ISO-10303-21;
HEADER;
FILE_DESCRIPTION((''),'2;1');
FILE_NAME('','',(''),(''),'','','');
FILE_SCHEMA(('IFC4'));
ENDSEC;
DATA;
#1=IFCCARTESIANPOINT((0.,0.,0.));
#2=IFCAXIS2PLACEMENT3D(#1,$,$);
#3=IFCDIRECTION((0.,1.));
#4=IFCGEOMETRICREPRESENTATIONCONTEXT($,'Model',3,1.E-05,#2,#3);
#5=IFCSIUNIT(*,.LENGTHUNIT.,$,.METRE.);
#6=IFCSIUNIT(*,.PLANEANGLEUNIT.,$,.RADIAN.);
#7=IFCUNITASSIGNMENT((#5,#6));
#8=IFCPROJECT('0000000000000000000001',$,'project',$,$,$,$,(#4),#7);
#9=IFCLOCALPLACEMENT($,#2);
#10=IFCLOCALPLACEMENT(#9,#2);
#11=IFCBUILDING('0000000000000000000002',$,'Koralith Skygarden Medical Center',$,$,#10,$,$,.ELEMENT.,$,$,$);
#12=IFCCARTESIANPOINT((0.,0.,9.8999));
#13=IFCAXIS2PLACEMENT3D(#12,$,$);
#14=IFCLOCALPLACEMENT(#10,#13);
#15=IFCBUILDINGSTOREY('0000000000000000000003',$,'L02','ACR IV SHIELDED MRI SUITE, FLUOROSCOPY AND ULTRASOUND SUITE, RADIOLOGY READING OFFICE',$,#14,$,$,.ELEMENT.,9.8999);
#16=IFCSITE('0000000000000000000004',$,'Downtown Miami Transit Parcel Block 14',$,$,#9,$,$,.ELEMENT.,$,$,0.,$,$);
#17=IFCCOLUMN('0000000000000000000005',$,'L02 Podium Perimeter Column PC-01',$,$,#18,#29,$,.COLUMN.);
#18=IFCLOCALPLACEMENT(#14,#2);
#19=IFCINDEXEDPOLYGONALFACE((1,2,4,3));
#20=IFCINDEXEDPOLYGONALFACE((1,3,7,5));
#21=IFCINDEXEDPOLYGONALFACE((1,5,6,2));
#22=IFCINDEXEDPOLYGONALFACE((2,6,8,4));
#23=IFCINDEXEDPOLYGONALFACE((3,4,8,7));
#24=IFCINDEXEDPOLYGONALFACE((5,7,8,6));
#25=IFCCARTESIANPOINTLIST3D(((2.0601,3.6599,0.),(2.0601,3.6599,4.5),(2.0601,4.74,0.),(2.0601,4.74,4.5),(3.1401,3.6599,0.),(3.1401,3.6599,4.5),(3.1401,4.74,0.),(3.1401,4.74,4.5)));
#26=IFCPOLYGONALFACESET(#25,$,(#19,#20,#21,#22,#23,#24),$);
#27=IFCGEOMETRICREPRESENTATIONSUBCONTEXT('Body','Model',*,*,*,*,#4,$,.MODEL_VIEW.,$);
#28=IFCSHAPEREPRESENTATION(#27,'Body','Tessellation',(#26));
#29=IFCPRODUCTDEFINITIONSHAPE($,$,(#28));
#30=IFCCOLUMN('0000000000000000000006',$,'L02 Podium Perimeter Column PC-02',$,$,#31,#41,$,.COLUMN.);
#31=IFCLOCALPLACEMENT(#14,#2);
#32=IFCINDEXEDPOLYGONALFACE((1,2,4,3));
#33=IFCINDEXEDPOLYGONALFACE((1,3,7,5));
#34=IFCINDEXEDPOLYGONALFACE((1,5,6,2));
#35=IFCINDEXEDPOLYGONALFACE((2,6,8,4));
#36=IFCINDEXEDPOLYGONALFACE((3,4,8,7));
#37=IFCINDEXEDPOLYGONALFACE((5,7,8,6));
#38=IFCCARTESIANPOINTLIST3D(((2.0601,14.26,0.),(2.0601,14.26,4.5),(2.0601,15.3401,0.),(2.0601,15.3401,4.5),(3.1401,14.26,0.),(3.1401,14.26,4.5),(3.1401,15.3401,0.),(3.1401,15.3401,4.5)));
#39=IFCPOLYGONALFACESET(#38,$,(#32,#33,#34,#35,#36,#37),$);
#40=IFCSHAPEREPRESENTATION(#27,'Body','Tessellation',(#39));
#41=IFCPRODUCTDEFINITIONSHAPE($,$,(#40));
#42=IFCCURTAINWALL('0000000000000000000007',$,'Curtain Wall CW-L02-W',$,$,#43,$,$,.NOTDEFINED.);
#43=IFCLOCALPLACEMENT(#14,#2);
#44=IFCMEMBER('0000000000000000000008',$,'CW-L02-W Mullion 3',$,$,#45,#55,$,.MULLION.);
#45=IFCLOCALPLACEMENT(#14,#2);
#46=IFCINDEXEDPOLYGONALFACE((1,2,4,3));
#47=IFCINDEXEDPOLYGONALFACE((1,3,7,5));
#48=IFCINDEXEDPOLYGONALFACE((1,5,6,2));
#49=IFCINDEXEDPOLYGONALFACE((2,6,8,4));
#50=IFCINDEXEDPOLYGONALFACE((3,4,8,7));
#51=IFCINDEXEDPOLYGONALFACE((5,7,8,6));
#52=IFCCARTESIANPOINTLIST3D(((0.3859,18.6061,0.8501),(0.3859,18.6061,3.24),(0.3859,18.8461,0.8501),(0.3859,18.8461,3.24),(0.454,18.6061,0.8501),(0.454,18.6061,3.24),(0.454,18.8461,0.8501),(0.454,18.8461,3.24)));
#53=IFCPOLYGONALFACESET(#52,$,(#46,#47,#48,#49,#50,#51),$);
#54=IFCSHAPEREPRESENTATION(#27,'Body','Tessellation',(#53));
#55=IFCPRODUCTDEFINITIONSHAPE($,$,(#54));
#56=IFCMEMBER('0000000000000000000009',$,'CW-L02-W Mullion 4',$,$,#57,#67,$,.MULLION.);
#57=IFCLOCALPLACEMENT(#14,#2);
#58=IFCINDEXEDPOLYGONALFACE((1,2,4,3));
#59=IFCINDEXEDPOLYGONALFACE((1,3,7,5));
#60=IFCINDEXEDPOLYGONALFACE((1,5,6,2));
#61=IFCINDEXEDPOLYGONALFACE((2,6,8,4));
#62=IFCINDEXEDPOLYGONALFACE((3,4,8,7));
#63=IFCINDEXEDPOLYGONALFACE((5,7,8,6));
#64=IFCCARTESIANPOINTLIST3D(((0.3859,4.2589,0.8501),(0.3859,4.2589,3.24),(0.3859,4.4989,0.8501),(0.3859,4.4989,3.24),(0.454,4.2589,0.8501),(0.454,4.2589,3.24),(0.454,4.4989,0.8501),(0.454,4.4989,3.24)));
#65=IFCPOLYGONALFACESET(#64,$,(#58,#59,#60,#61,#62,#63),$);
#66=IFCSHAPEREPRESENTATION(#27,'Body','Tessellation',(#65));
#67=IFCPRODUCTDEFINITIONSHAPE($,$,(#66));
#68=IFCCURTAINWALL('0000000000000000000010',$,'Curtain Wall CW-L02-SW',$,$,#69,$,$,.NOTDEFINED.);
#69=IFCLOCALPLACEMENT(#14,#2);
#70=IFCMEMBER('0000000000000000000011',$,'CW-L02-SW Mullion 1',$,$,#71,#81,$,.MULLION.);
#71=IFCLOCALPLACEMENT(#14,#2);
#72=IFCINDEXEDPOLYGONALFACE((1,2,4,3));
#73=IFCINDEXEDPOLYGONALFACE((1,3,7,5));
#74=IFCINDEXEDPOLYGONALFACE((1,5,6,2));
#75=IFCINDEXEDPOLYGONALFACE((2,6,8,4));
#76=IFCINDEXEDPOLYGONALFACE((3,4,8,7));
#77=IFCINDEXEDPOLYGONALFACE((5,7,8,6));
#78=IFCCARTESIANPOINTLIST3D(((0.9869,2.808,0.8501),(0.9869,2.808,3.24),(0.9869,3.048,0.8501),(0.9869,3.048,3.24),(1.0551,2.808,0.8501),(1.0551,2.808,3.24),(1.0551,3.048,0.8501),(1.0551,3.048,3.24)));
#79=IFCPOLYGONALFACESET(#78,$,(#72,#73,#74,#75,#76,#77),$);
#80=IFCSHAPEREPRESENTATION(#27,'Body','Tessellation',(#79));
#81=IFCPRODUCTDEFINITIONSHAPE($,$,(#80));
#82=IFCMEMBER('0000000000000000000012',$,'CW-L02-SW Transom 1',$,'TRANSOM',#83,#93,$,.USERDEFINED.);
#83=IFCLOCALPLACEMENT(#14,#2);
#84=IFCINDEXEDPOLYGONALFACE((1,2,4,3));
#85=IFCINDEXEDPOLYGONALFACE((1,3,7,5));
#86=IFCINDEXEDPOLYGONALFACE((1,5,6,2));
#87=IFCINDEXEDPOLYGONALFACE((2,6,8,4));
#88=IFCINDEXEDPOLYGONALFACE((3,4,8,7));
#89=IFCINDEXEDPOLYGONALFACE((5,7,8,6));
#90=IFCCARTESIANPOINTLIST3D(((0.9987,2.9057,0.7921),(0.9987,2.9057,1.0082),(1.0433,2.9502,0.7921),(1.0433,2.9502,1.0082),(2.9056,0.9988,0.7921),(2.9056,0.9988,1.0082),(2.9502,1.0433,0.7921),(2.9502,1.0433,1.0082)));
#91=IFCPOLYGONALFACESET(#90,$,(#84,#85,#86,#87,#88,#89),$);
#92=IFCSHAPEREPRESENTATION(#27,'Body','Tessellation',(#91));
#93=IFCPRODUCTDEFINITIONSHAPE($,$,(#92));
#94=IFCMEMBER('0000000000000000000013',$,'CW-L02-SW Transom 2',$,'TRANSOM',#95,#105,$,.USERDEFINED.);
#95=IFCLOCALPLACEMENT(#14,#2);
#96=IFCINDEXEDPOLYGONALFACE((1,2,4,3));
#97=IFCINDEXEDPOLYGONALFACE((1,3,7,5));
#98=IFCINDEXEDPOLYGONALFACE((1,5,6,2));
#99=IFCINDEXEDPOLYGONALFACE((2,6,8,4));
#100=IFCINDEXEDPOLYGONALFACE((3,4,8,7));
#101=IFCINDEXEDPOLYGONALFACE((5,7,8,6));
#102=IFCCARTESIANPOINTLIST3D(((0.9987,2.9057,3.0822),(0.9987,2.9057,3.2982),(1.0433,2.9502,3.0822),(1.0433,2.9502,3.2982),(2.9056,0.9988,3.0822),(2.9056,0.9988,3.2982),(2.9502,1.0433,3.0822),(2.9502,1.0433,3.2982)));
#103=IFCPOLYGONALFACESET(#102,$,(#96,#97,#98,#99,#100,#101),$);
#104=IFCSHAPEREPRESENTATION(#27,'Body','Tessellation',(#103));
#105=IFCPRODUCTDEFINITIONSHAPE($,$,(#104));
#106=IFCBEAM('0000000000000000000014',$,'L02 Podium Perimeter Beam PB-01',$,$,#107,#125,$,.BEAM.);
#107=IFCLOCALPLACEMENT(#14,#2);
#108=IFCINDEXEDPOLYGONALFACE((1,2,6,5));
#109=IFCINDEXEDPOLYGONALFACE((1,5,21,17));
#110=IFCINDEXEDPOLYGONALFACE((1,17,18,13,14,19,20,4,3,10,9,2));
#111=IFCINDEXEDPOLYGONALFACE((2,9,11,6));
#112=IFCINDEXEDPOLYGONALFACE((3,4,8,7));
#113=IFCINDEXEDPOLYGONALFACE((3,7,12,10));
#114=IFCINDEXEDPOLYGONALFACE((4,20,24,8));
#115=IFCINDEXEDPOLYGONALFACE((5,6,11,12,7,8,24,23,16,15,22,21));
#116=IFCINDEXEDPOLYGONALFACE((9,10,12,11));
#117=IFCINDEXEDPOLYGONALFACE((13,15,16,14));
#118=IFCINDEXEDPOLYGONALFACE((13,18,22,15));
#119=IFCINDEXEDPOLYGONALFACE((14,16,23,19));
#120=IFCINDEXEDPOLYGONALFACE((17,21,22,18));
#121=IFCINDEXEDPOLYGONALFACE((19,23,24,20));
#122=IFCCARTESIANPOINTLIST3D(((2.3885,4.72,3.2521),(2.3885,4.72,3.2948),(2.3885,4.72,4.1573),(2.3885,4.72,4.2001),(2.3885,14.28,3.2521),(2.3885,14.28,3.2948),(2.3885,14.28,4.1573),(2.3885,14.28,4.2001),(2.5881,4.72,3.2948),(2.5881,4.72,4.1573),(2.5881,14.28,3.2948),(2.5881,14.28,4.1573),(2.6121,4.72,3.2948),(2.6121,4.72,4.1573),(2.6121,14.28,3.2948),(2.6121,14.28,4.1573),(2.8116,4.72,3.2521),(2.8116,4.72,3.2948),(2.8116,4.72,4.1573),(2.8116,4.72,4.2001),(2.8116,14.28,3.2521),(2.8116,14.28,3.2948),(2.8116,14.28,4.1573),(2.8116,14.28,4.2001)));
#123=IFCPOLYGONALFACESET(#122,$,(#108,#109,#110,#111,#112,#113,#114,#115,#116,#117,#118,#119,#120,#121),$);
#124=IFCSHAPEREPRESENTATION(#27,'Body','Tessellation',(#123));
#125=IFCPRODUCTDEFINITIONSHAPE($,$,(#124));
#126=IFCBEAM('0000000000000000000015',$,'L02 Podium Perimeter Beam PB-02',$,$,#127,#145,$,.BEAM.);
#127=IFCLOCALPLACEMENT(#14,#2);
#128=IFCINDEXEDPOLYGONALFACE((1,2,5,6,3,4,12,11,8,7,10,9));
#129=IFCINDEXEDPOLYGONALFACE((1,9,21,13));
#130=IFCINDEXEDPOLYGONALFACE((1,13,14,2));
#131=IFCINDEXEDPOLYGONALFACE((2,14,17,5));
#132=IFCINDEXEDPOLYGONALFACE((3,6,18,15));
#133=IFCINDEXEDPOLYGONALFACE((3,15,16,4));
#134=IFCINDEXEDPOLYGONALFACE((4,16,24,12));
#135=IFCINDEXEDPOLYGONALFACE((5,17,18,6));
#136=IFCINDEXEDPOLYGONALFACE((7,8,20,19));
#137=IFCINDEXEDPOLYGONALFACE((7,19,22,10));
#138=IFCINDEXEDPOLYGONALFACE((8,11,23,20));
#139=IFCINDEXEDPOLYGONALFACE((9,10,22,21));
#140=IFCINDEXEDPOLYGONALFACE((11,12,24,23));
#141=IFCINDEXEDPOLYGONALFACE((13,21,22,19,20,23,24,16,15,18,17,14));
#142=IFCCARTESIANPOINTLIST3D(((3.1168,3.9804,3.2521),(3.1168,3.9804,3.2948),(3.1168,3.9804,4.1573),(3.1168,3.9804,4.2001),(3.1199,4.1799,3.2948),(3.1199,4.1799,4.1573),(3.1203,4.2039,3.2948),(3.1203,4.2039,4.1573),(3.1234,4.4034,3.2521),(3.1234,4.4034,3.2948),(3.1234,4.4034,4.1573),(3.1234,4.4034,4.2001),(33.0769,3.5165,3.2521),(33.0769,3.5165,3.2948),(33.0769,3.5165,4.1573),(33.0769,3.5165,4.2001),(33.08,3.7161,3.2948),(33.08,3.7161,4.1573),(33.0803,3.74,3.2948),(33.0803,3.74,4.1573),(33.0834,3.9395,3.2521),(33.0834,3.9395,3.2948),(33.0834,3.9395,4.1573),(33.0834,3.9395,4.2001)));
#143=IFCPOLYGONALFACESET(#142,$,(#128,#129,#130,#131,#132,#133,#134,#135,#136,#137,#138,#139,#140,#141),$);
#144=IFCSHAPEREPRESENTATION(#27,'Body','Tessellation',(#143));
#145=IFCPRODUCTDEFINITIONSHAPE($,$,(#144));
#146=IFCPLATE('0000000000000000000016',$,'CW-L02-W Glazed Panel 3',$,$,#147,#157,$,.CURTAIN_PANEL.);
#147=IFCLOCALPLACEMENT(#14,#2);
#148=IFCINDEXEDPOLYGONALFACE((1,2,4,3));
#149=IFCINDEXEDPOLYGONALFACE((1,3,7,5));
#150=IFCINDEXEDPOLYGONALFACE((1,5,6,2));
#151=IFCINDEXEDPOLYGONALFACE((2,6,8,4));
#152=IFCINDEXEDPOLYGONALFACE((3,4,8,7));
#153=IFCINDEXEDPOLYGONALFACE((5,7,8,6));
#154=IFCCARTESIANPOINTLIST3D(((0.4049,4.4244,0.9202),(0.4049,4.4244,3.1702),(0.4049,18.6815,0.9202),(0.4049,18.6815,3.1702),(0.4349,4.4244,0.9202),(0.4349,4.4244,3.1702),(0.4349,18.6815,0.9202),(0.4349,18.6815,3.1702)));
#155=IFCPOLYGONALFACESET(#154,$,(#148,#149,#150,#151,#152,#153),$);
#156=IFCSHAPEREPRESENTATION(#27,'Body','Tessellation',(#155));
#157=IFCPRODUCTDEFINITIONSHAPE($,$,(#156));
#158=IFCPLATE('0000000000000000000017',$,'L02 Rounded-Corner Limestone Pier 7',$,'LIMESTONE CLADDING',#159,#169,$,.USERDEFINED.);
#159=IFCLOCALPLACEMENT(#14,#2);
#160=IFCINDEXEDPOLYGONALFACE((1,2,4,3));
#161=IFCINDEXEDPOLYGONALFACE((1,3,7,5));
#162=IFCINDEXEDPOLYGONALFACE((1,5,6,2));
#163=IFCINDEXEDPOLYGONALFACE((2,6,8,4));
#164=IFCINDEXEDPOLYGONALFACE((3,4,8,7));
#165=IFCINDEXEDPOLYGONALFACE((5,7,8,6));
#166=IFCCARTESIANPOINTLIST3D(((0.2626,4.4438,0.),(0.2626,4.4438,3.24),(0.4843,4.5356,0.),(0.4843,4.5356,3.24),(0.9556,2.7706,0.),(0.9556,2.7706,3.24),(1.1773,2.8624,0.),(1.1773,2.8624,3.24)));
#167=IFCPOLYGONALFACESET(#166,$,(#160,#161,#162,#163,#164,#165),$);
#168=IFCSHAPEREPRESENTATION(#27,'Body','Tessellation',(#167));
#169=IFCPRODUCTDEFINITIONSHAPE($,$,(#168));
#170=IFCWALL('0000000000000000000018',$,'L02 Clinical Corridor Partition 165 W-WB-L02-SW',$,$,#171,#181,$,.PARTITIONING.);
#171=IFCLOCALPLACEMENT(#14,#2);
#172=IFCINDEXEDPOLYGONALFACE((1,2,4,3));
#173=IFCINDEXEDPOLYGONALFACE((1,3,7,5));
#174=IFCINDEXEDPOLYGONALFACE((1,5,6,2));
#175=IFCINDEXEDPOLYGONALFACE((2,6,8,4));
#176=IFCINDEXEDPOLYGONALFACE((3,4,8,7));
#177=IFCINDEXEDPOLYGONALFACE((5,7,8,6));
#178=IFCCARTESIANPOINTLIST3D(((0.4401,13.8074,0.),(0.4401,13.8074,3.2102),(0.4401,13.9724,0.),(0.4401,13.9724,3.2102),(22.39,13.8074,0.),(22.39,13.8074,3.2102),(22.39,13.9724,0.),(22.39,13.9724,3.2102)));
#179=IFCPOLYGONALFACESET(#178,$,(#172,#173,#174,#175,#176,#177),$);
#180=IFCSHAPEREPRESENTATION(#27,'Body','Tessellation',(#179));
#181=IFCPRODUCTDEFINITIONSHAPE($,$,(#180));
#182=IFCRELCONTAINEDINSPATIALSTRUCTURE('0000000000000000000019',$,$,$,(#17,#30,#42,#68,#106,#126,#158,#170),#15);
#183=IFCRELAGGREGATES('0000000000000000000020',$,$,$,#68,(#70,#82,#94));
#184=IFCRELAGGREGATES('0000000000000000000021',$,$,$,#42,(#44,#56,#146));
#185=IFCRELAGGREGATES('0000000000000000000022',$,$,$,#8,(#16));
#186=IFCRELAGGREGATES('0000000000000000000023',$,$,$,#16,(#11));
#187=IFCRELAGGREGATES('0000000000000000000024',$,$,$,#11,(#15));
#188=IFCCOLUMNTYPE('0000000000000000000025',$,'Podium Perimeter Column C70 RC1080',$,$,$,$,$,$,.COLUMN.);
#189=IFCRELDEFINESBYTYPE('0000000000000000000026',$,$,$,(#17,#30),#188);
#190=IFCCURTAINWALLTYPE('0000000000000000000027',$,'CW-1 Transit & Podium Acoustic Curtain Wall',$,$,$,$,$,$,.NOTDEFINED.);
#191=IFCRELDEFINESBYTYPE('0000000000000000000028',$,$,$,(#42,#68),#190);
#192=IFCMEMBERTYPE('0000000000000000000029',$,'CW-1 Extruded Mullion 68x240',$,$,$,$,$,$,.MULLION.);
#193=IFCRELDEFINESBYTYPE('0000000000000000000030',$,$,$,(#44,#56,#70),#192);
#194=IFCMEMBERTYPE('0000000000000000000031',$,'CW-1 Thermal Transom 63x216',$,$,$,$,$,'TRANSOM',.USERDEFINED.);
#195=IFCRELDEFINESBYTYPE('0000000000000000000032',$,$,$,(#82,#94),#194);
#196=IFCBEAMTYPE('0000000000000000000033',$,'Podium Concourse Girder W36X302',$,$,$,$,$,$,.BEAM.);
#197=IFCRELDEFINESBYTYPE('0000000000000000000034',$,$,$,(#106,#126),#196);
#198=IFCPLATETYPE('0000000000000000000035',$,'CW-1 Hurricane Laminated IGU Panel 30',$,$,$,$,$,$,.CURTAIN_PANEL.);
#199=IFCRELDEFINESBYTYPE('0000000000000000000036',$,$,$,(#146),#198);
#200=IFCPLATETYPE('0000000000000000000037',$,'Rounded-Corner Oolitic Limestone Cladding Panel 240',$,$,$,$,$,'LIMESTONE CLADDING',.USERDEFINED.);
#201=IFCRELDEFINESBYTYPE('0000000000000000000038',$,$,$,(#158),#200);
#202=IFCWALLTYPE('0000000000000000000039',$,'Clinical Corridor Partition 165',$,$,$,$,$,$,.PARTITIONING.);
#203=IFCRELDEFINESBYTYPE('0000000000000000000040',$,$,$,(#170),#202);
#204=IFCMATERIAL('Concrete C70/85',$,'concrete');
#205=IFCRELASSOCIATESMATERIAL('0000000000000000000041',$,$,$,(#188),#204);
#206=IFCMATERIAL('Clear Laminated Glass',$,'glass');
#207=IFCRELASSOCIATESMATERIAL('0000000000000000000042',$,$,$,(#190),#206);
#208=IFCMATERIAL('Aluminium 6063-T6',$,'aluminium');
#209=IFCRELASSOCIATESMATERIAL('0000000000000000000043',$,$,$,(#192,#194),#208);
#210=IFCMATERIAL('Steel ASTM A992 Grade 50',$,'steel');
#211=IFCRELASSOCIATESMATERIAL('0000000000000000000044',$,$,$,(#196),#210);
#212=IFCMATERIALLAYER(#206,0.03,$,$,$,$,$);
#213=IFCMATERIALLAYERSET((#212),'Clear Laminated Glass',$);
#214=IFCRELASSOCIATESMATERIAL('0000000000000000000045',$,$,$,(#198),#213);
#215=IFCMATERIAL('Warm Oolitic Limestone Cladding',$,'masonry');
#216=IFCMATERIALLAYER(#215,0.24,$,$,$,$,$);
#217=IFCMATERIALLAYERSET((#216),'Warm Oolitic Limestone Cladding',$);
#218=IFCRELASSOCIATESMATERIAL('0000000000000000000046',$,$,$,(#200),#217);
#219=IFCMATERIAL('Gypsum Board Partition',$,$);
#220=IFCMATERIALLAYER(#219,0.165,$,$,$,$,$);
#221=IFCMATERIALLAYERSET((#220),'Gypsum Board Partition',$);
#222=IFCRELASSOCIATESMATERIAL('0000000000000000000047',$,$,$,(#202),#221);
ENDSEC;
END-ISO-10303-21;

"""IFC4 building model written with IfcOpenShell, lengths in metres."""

from ifc_helpers import new_model, si_unit, direction, frame, frame_2d, origin, origin_2d, place, context, subcontext, project, spatial, rectangle, i_section, extrude, material, layer, layer_set, material_profile, profile_set, type_object, element, aggregate, save


model = new_model("IFC4")

# Units and contexts
model_context = context("Model", 3, precision=1e-05, world=origin(), true_north=direction((0.0, 1.0)))
body_context = subcontext(model_context, "Body", "Model", "MODEL_VIEW")
ifc_project = project(units=[si_unit("LENGTHUNIT", "METRE"), si_unit("PLANEANGLEUNIT", "RADIAN")], contexts=[model_context])

# Site, building, storey
site_placement = place(None, origin())
site = spatial("IfcSite", under=ifc_project, at=site_placement, Name="Downtown Miami Transit Parcel Block 14", CompositionType="ELEMENT", RefElevation=0.0)
building_placement = place(site_placement, origin())
building = spatial("IfcBuilding", under=site, at=building_placement, Name="Koralith Skygarden Medical Center", CompositionType="ELEMENT")
storey_placement = place(building_placement, frame((0.0, 0.0, 9.8999)))
storey = spatial("IfcBuildingStorey", under=building, at=storey_placement, Name="L02", Description="ACR IV SHIELDED MRI SUITE, FLUOROSCOPY AND ULTRASOUND SUITE, RADIOLOGY READING OFFICE", CompositionType="ELEMENT", Elevation=9.8999)

# Columns
ifc_material_1 = material(Name="Concrete C70/85", Category="concrete")
ifc_material_profile_1 = material_profile(ifc_material_1, rectangle(XDim=1.0801, YDim=1.0801, at=origin_2d()), Name="RC1080X1080")
ifc_profile_set_1 = profile_set([ifc_material_profile_1], Name="Concrete C70/85")
column_type = type_object("IfcColumnType", Name="Podium Perimeter Column C70 RC1080", PredefinedType="COLUMN", material=ifc_profile_set_1)
for number, where, z_axis, x_axis, name in (
    (1, (2.6001, 4.2, 0.0), (0.0, 0.0, 1.0), (1.0, 0.0, 0.0), "L02 Podium Perimeter Column PC-01"),
    (2, (2.6001, 14.8, 0.0), (0.0, 0.0, 1.0), (1.0, 0.0, 0.0), "L02 Podium Perimeter Column PC-02"),
):
    element("IfcColumn", number, at=place(storey_placement, frame(where, z_axis=z_axis, x_axis=x_axis)), inside=storey, type_object=column_type, Name=name, PredefinedType="COLUMN", context=body_context, shape_type="SweptSolid", body=[
        extrude(rectangle(XDim=1.0801, YDim=1.0801, at=origin_2d()), origin(), (0.0, 0.0, 1.0), 4.5),
    ])

# Curtain walls, members
ifc_material_2 = material(Name="Clear Laminated Glass", Category="glass")
curtain_wall_type = type_object("IfcCurtainWallType", Name="CW-1 Transit & Podium Acoustic Curtain Wall", PredefinedType="NOTDEFINED", material=ifc_material_2)
curtain_wall_1_placement = place(storey_placement, origin())
curtain_wall_1 = element("IfcCurtainWall", 3, at=curtain_wall_1_placement, inside=storey, type_object=curtain_wall_type, Name="Curtain Wall CW-L02-W", PredefinedType="NOTDEFINED")
ifc_material_3 = material(Name="Aluminium 6063-T6", Category="aluminium")
ifc_material_profile_2 = material_profile(ifc_material_3, rectangle(XDim=0.0681, YDim=0.24, at=origin_2d()), Name="MUL68X240")
ifc_profile_set_2 = profile_set([ifc_material_profile_2], Name="Aluminium 6063-T6")
member_type_1 = type_object("IfcMemberType", Name="CW-1 Extruded Mullion 68x240", PredefinedType="MULLION", material=ifc_profile_set_2)
member_1_placement = place(storey_placement, frame((0.4199, 18.7261, 0.8501), z_axis=(0.0, 0.0, 1.0), x_axis=(1.0, 0.0, 0.0)))
member_1 = element("IfcMember", 4, at=member_1_placement, type_object=member_type_1, Name="CW-L02-W Mullion 3", PredefinedType="MULLION", context=body_context, shape_type="SweptSolid", body=[
    extrude(rectangle(XDim=0.0681, YDim=0.24, at=origin_2d()), origin(), (0.0, 0.0, 1.0), 2.3899),
])
member_2_placement = place(storey_placement, frame((0.4199, 4.3789, 0.8501), z_axis=(0.0, 0.0, 1.0), x_axis=(1.0, 0.0, 0.0)))
member_2 = element("IfcMember", 5, at=member_2_placement, type_object=member_type_1, Name="CW-L02-W Mullion 4", PredefinedType="MULLION", context=body_context, shape_type="SweptSolid", body=[
    extrude(rectangle(XDim=0.0681, YDim=0.24, at=origin_2d()), origin(), (0.0, 0.0, 1.0), 2.3899),
])
curtain_wall_2_placement = place(storey_placement, origin())
curtain_wall_2 = element("IfcCurtainWall", 6, at=curtain_wall_2_placement, inside=storey, type_object=curtain_wall_type, Name="Curtain Wall CW-L02-SW", PredefinedType="NOTDEFINED")
member_3_placement = place(storey_placement, frame((1.021, 2.928, 0.8501), z_axis=(0.0, 0.0, 1.0), x_axis=(1.0, 0.0, 0.0)))
member_3 = element("IfcMember", 7, at=member_3_placement, type_object=member_type_1, Name="CW-L02-SW Mullion 1", PredefinedType="MULLION", context=body_context, shape_type="SweptSolid", body=[
    extrude(rectangle(XDim=0.0681, YDim=0.24, at=origin_2d()), origin(), (0.0, 0.0, 1.0), 2.3899),
])
ifc_material_profile_3 = material_profile(ifc_material_3, rectangle(XDim=0.063, YDim=0.2161, at=origin_2d()), Name="TRN63X216")
ifc_profile_set_3 = profile_set([ifc_material_profile_3], Name="Aluminium 6063-T6")
member_type_2 = type_object("IfcMemberType", Name="CW-1 Thermal Transom 63x216", ElementType="TRANSOM", PredefinedType="USERDEFINED", material=ifc_profile_set_3)
member_4_placement = place(storey_placement, frame((1.021, 2.928, 0.9001), z_axis=(0.707107, -0.707107, 0.0), x_axis=(0.707107, 0.707107, 0.0)))
member_4 = element("IfcMember", 8, at=member_4_placement, type_object=member_type_2, Name="CW-L02-SW Transom 1", ObjectType="TRANSOM", PredefinedType="USERDEFINED", context=body_context, shape_type="SweptSolid", body=[
    extrude(rectangle(XDim=0.063, YDim=0.2161, at=origin_2d()), origin(), (0.0, 0.0, 1.0), 2.6968),
])
member_5_placement = place(storey_placement, frame((1.021, 2.928, 3.1902), z_axis=(0.707107, -0.707107, 0.0), x_axis=(0.707107, 0.707107, 0.0)))
member_5 = element("IfcMember", 9, at=member_5_placement, type_object=member_type_2, Name="CW-L02-SW Transom 2", ObjectType="TRANSOM", PredefinedType="USERDEFINED", context=body_context, shape_type="SweptSolid", body=[
    extrude(rectangle(XDim=0.063, YDim=0.2161, at=origin_2d()), origin(), (0.0, 0.0, 1.0), 2.6968),
])
aggregate(curtain_wall_2, [member_3, member_4, member_5])

# Beams
ifc_material_4 = material(Name="Steel ASTM A992 Grade 50", Category="steel")
ifc_material_profile_4 = material_profile(ifc_material_4, i_section(OverallWidth=0.4231, OverallDepth=0.948, WebThickness=0.0239, FlangeThickness=0.0427, at=origin_2d()), Name="W36X302")
ifc_profile_set_4 = profile_set([ifc_material_profile_4], Name="Steel ASTM A992 Grade 50")
beam_type = type_object("IfcBeamType", Name="Podium Concourse Girder W36X302", PredefinedType="BEAM", material=ifc_profile_set_4)
beam_1_placement = place(storey_placement, frame((2.6001, 14.28, 3.7261), z_axis=(0.0, -1.0, 0.0), x_axis=(1.0, 0.0, 0.0)))
element("IfcBeam", 10, at=beam_1_placement, inside=storey, type_object=beam_type, Name="L02 Podium Perimeter Beam PB-01", PredefinedType="BEAM", context=body_context, shape_type="SweptSolid", body=[
    extrude(i_section(OverallWidth=0.4231, OverallDepth=0.948, WebThickness=0.0239, FlangeThickness=0.0427, at=origin_2d()), origin(), (0.0, 0.0, 1.0), 9.5601),
])
beam_2_placement = place(storey_placement, frame((3.1201, 4.1919, 3.7261), z_axis=(0.99988, -0.015481, 0.0), x_axis=(0.015481, 0.99988, 0.0)))
element("IfcBeam", 11, at=beam_2_placement, inside=storey, type_object=beam_type, Name="L02 Podium Perimeter Beam PB-02", PredefinedType="BEAM", context=body_context, shape_type="SweptSolid", body=[
    extrude(i_section(OverallWidth=0.4231, OverallDepth=0.948, WebThickness=0.0239, FlangeThickness=0.0427, at=origin_2d()), origin(), (0.0, 0.0, 1.0), 29.9636),
])

# Plates
ifc_layer_1 = layer(ifc_material_2, 0.03)
ifc_layer_set_1 = layer_set([ifc_layer_1], Name="Clear Laminated Glass")
plate_type_1 = type_object("IfcPlateType", Name="CW-1 Hurricane Laminated IGU Panel 30", PredefinedType="CURTAIN_PANEL", material=ifc_layer_set_1)
plate_1_placement = place(storey_placement, frame((0.4199, 11.553, 0.9202), z_axis=(0.0, 0.0, 1.0), x_axis=(0.0, -1.0, 0.0)))
plate_1 = element("IfcPlate", 12, at=plate_1_placement, type_object=plate_type_1, Name="CW-L02-W Glazed Panel 3", PredefinedType="CURTAIN_PANEL", context=body_context, shape_type="SweptSolid", body=[
    extrude(rectangle(XDim=14.2571, YDim=0.03, at=origin_2d()), origin(), (0.0, 0.0, 1.0), 2.25),
])
aggregate(curtain_wall_1, [member_1, member_2, plate_1])
ifc_material_5 = material(Name="Warm Oolitic Limestone Cladding", Category="masonry")
ifc_layer_2 = layer(ifc_material_5, 0.24)
ifc_layer_set_2 = layer_set([ifc_layer_2], Name="Warm Oolitic Limestone Cladding")
plate_type_2 = type_object("IfcPlateType", Name="Rounded-Corner Oolitic Limestone Cladding Panel 240", ElementType="LIMESTONE CLADDING", PredefinedType="USERDEFINED", material=ifc_layer_set_2)
plate_2_placement = place(storey_placement, frame((0.72, 3.6531, 0.0), z_axis=(0.0, 0.0, 1.0), x_axis=(0.382671, -0.923885, 0.0)))
element("IfcPlate", 13, at=plate_2_placement, inside=storey, type_object=plate_type_2, Name="L02 Rounded-Corner Limestone Pier 7", ObjectType="LIMESTONE CLADDING", PredefinedType="USERDEFINED", context=body_context, shape_type="SweptSolid", body=[
    extrude(rectangle(XDim=1.811, YDim=0.24, at=origin_2d()), origin(), (0.0, 0.0, 1.0), 3.24),
])

# Wall
ifc_material_6 = material(Name="Gypsum Board Partition")
ifc_layer_3 = layer(ifc_material_6, 0.165)
ifc_layer_set_3 = layer_set([ifc_layer_3], Name="Gypsum Board Partition")
wall_type_1 = type_object("IfcWallType", Name="Clinical Corridor Partition 165", PredefinedType="PARTITIONING", material=ifc_layer_set_3)
wall_1_placement = place(storey_placement, frame((0.4399, 13.8899, 0.0), z_axis=(0.0, 0.0, 1.0), x_axis=(1.0, 0.0, 0.0)))
element("IfcWall", 14, at=wall_1_placement, inside=storey, type_object=wall_type_1, Name="L02 Clinical Corridor Partition 165 W-WB-L02-SW", PredefinedType="PARTITIONING", context=body_context, shape_type="SweptSolid", body=[
    extrude(rectangle(XDim=21.95, YDim=0.165, at=frame_2d((10.9751, 0.0))), origin(), (0.0, 0.0, 1.0), 3.2102),
])

save(model, "model.ifc")
